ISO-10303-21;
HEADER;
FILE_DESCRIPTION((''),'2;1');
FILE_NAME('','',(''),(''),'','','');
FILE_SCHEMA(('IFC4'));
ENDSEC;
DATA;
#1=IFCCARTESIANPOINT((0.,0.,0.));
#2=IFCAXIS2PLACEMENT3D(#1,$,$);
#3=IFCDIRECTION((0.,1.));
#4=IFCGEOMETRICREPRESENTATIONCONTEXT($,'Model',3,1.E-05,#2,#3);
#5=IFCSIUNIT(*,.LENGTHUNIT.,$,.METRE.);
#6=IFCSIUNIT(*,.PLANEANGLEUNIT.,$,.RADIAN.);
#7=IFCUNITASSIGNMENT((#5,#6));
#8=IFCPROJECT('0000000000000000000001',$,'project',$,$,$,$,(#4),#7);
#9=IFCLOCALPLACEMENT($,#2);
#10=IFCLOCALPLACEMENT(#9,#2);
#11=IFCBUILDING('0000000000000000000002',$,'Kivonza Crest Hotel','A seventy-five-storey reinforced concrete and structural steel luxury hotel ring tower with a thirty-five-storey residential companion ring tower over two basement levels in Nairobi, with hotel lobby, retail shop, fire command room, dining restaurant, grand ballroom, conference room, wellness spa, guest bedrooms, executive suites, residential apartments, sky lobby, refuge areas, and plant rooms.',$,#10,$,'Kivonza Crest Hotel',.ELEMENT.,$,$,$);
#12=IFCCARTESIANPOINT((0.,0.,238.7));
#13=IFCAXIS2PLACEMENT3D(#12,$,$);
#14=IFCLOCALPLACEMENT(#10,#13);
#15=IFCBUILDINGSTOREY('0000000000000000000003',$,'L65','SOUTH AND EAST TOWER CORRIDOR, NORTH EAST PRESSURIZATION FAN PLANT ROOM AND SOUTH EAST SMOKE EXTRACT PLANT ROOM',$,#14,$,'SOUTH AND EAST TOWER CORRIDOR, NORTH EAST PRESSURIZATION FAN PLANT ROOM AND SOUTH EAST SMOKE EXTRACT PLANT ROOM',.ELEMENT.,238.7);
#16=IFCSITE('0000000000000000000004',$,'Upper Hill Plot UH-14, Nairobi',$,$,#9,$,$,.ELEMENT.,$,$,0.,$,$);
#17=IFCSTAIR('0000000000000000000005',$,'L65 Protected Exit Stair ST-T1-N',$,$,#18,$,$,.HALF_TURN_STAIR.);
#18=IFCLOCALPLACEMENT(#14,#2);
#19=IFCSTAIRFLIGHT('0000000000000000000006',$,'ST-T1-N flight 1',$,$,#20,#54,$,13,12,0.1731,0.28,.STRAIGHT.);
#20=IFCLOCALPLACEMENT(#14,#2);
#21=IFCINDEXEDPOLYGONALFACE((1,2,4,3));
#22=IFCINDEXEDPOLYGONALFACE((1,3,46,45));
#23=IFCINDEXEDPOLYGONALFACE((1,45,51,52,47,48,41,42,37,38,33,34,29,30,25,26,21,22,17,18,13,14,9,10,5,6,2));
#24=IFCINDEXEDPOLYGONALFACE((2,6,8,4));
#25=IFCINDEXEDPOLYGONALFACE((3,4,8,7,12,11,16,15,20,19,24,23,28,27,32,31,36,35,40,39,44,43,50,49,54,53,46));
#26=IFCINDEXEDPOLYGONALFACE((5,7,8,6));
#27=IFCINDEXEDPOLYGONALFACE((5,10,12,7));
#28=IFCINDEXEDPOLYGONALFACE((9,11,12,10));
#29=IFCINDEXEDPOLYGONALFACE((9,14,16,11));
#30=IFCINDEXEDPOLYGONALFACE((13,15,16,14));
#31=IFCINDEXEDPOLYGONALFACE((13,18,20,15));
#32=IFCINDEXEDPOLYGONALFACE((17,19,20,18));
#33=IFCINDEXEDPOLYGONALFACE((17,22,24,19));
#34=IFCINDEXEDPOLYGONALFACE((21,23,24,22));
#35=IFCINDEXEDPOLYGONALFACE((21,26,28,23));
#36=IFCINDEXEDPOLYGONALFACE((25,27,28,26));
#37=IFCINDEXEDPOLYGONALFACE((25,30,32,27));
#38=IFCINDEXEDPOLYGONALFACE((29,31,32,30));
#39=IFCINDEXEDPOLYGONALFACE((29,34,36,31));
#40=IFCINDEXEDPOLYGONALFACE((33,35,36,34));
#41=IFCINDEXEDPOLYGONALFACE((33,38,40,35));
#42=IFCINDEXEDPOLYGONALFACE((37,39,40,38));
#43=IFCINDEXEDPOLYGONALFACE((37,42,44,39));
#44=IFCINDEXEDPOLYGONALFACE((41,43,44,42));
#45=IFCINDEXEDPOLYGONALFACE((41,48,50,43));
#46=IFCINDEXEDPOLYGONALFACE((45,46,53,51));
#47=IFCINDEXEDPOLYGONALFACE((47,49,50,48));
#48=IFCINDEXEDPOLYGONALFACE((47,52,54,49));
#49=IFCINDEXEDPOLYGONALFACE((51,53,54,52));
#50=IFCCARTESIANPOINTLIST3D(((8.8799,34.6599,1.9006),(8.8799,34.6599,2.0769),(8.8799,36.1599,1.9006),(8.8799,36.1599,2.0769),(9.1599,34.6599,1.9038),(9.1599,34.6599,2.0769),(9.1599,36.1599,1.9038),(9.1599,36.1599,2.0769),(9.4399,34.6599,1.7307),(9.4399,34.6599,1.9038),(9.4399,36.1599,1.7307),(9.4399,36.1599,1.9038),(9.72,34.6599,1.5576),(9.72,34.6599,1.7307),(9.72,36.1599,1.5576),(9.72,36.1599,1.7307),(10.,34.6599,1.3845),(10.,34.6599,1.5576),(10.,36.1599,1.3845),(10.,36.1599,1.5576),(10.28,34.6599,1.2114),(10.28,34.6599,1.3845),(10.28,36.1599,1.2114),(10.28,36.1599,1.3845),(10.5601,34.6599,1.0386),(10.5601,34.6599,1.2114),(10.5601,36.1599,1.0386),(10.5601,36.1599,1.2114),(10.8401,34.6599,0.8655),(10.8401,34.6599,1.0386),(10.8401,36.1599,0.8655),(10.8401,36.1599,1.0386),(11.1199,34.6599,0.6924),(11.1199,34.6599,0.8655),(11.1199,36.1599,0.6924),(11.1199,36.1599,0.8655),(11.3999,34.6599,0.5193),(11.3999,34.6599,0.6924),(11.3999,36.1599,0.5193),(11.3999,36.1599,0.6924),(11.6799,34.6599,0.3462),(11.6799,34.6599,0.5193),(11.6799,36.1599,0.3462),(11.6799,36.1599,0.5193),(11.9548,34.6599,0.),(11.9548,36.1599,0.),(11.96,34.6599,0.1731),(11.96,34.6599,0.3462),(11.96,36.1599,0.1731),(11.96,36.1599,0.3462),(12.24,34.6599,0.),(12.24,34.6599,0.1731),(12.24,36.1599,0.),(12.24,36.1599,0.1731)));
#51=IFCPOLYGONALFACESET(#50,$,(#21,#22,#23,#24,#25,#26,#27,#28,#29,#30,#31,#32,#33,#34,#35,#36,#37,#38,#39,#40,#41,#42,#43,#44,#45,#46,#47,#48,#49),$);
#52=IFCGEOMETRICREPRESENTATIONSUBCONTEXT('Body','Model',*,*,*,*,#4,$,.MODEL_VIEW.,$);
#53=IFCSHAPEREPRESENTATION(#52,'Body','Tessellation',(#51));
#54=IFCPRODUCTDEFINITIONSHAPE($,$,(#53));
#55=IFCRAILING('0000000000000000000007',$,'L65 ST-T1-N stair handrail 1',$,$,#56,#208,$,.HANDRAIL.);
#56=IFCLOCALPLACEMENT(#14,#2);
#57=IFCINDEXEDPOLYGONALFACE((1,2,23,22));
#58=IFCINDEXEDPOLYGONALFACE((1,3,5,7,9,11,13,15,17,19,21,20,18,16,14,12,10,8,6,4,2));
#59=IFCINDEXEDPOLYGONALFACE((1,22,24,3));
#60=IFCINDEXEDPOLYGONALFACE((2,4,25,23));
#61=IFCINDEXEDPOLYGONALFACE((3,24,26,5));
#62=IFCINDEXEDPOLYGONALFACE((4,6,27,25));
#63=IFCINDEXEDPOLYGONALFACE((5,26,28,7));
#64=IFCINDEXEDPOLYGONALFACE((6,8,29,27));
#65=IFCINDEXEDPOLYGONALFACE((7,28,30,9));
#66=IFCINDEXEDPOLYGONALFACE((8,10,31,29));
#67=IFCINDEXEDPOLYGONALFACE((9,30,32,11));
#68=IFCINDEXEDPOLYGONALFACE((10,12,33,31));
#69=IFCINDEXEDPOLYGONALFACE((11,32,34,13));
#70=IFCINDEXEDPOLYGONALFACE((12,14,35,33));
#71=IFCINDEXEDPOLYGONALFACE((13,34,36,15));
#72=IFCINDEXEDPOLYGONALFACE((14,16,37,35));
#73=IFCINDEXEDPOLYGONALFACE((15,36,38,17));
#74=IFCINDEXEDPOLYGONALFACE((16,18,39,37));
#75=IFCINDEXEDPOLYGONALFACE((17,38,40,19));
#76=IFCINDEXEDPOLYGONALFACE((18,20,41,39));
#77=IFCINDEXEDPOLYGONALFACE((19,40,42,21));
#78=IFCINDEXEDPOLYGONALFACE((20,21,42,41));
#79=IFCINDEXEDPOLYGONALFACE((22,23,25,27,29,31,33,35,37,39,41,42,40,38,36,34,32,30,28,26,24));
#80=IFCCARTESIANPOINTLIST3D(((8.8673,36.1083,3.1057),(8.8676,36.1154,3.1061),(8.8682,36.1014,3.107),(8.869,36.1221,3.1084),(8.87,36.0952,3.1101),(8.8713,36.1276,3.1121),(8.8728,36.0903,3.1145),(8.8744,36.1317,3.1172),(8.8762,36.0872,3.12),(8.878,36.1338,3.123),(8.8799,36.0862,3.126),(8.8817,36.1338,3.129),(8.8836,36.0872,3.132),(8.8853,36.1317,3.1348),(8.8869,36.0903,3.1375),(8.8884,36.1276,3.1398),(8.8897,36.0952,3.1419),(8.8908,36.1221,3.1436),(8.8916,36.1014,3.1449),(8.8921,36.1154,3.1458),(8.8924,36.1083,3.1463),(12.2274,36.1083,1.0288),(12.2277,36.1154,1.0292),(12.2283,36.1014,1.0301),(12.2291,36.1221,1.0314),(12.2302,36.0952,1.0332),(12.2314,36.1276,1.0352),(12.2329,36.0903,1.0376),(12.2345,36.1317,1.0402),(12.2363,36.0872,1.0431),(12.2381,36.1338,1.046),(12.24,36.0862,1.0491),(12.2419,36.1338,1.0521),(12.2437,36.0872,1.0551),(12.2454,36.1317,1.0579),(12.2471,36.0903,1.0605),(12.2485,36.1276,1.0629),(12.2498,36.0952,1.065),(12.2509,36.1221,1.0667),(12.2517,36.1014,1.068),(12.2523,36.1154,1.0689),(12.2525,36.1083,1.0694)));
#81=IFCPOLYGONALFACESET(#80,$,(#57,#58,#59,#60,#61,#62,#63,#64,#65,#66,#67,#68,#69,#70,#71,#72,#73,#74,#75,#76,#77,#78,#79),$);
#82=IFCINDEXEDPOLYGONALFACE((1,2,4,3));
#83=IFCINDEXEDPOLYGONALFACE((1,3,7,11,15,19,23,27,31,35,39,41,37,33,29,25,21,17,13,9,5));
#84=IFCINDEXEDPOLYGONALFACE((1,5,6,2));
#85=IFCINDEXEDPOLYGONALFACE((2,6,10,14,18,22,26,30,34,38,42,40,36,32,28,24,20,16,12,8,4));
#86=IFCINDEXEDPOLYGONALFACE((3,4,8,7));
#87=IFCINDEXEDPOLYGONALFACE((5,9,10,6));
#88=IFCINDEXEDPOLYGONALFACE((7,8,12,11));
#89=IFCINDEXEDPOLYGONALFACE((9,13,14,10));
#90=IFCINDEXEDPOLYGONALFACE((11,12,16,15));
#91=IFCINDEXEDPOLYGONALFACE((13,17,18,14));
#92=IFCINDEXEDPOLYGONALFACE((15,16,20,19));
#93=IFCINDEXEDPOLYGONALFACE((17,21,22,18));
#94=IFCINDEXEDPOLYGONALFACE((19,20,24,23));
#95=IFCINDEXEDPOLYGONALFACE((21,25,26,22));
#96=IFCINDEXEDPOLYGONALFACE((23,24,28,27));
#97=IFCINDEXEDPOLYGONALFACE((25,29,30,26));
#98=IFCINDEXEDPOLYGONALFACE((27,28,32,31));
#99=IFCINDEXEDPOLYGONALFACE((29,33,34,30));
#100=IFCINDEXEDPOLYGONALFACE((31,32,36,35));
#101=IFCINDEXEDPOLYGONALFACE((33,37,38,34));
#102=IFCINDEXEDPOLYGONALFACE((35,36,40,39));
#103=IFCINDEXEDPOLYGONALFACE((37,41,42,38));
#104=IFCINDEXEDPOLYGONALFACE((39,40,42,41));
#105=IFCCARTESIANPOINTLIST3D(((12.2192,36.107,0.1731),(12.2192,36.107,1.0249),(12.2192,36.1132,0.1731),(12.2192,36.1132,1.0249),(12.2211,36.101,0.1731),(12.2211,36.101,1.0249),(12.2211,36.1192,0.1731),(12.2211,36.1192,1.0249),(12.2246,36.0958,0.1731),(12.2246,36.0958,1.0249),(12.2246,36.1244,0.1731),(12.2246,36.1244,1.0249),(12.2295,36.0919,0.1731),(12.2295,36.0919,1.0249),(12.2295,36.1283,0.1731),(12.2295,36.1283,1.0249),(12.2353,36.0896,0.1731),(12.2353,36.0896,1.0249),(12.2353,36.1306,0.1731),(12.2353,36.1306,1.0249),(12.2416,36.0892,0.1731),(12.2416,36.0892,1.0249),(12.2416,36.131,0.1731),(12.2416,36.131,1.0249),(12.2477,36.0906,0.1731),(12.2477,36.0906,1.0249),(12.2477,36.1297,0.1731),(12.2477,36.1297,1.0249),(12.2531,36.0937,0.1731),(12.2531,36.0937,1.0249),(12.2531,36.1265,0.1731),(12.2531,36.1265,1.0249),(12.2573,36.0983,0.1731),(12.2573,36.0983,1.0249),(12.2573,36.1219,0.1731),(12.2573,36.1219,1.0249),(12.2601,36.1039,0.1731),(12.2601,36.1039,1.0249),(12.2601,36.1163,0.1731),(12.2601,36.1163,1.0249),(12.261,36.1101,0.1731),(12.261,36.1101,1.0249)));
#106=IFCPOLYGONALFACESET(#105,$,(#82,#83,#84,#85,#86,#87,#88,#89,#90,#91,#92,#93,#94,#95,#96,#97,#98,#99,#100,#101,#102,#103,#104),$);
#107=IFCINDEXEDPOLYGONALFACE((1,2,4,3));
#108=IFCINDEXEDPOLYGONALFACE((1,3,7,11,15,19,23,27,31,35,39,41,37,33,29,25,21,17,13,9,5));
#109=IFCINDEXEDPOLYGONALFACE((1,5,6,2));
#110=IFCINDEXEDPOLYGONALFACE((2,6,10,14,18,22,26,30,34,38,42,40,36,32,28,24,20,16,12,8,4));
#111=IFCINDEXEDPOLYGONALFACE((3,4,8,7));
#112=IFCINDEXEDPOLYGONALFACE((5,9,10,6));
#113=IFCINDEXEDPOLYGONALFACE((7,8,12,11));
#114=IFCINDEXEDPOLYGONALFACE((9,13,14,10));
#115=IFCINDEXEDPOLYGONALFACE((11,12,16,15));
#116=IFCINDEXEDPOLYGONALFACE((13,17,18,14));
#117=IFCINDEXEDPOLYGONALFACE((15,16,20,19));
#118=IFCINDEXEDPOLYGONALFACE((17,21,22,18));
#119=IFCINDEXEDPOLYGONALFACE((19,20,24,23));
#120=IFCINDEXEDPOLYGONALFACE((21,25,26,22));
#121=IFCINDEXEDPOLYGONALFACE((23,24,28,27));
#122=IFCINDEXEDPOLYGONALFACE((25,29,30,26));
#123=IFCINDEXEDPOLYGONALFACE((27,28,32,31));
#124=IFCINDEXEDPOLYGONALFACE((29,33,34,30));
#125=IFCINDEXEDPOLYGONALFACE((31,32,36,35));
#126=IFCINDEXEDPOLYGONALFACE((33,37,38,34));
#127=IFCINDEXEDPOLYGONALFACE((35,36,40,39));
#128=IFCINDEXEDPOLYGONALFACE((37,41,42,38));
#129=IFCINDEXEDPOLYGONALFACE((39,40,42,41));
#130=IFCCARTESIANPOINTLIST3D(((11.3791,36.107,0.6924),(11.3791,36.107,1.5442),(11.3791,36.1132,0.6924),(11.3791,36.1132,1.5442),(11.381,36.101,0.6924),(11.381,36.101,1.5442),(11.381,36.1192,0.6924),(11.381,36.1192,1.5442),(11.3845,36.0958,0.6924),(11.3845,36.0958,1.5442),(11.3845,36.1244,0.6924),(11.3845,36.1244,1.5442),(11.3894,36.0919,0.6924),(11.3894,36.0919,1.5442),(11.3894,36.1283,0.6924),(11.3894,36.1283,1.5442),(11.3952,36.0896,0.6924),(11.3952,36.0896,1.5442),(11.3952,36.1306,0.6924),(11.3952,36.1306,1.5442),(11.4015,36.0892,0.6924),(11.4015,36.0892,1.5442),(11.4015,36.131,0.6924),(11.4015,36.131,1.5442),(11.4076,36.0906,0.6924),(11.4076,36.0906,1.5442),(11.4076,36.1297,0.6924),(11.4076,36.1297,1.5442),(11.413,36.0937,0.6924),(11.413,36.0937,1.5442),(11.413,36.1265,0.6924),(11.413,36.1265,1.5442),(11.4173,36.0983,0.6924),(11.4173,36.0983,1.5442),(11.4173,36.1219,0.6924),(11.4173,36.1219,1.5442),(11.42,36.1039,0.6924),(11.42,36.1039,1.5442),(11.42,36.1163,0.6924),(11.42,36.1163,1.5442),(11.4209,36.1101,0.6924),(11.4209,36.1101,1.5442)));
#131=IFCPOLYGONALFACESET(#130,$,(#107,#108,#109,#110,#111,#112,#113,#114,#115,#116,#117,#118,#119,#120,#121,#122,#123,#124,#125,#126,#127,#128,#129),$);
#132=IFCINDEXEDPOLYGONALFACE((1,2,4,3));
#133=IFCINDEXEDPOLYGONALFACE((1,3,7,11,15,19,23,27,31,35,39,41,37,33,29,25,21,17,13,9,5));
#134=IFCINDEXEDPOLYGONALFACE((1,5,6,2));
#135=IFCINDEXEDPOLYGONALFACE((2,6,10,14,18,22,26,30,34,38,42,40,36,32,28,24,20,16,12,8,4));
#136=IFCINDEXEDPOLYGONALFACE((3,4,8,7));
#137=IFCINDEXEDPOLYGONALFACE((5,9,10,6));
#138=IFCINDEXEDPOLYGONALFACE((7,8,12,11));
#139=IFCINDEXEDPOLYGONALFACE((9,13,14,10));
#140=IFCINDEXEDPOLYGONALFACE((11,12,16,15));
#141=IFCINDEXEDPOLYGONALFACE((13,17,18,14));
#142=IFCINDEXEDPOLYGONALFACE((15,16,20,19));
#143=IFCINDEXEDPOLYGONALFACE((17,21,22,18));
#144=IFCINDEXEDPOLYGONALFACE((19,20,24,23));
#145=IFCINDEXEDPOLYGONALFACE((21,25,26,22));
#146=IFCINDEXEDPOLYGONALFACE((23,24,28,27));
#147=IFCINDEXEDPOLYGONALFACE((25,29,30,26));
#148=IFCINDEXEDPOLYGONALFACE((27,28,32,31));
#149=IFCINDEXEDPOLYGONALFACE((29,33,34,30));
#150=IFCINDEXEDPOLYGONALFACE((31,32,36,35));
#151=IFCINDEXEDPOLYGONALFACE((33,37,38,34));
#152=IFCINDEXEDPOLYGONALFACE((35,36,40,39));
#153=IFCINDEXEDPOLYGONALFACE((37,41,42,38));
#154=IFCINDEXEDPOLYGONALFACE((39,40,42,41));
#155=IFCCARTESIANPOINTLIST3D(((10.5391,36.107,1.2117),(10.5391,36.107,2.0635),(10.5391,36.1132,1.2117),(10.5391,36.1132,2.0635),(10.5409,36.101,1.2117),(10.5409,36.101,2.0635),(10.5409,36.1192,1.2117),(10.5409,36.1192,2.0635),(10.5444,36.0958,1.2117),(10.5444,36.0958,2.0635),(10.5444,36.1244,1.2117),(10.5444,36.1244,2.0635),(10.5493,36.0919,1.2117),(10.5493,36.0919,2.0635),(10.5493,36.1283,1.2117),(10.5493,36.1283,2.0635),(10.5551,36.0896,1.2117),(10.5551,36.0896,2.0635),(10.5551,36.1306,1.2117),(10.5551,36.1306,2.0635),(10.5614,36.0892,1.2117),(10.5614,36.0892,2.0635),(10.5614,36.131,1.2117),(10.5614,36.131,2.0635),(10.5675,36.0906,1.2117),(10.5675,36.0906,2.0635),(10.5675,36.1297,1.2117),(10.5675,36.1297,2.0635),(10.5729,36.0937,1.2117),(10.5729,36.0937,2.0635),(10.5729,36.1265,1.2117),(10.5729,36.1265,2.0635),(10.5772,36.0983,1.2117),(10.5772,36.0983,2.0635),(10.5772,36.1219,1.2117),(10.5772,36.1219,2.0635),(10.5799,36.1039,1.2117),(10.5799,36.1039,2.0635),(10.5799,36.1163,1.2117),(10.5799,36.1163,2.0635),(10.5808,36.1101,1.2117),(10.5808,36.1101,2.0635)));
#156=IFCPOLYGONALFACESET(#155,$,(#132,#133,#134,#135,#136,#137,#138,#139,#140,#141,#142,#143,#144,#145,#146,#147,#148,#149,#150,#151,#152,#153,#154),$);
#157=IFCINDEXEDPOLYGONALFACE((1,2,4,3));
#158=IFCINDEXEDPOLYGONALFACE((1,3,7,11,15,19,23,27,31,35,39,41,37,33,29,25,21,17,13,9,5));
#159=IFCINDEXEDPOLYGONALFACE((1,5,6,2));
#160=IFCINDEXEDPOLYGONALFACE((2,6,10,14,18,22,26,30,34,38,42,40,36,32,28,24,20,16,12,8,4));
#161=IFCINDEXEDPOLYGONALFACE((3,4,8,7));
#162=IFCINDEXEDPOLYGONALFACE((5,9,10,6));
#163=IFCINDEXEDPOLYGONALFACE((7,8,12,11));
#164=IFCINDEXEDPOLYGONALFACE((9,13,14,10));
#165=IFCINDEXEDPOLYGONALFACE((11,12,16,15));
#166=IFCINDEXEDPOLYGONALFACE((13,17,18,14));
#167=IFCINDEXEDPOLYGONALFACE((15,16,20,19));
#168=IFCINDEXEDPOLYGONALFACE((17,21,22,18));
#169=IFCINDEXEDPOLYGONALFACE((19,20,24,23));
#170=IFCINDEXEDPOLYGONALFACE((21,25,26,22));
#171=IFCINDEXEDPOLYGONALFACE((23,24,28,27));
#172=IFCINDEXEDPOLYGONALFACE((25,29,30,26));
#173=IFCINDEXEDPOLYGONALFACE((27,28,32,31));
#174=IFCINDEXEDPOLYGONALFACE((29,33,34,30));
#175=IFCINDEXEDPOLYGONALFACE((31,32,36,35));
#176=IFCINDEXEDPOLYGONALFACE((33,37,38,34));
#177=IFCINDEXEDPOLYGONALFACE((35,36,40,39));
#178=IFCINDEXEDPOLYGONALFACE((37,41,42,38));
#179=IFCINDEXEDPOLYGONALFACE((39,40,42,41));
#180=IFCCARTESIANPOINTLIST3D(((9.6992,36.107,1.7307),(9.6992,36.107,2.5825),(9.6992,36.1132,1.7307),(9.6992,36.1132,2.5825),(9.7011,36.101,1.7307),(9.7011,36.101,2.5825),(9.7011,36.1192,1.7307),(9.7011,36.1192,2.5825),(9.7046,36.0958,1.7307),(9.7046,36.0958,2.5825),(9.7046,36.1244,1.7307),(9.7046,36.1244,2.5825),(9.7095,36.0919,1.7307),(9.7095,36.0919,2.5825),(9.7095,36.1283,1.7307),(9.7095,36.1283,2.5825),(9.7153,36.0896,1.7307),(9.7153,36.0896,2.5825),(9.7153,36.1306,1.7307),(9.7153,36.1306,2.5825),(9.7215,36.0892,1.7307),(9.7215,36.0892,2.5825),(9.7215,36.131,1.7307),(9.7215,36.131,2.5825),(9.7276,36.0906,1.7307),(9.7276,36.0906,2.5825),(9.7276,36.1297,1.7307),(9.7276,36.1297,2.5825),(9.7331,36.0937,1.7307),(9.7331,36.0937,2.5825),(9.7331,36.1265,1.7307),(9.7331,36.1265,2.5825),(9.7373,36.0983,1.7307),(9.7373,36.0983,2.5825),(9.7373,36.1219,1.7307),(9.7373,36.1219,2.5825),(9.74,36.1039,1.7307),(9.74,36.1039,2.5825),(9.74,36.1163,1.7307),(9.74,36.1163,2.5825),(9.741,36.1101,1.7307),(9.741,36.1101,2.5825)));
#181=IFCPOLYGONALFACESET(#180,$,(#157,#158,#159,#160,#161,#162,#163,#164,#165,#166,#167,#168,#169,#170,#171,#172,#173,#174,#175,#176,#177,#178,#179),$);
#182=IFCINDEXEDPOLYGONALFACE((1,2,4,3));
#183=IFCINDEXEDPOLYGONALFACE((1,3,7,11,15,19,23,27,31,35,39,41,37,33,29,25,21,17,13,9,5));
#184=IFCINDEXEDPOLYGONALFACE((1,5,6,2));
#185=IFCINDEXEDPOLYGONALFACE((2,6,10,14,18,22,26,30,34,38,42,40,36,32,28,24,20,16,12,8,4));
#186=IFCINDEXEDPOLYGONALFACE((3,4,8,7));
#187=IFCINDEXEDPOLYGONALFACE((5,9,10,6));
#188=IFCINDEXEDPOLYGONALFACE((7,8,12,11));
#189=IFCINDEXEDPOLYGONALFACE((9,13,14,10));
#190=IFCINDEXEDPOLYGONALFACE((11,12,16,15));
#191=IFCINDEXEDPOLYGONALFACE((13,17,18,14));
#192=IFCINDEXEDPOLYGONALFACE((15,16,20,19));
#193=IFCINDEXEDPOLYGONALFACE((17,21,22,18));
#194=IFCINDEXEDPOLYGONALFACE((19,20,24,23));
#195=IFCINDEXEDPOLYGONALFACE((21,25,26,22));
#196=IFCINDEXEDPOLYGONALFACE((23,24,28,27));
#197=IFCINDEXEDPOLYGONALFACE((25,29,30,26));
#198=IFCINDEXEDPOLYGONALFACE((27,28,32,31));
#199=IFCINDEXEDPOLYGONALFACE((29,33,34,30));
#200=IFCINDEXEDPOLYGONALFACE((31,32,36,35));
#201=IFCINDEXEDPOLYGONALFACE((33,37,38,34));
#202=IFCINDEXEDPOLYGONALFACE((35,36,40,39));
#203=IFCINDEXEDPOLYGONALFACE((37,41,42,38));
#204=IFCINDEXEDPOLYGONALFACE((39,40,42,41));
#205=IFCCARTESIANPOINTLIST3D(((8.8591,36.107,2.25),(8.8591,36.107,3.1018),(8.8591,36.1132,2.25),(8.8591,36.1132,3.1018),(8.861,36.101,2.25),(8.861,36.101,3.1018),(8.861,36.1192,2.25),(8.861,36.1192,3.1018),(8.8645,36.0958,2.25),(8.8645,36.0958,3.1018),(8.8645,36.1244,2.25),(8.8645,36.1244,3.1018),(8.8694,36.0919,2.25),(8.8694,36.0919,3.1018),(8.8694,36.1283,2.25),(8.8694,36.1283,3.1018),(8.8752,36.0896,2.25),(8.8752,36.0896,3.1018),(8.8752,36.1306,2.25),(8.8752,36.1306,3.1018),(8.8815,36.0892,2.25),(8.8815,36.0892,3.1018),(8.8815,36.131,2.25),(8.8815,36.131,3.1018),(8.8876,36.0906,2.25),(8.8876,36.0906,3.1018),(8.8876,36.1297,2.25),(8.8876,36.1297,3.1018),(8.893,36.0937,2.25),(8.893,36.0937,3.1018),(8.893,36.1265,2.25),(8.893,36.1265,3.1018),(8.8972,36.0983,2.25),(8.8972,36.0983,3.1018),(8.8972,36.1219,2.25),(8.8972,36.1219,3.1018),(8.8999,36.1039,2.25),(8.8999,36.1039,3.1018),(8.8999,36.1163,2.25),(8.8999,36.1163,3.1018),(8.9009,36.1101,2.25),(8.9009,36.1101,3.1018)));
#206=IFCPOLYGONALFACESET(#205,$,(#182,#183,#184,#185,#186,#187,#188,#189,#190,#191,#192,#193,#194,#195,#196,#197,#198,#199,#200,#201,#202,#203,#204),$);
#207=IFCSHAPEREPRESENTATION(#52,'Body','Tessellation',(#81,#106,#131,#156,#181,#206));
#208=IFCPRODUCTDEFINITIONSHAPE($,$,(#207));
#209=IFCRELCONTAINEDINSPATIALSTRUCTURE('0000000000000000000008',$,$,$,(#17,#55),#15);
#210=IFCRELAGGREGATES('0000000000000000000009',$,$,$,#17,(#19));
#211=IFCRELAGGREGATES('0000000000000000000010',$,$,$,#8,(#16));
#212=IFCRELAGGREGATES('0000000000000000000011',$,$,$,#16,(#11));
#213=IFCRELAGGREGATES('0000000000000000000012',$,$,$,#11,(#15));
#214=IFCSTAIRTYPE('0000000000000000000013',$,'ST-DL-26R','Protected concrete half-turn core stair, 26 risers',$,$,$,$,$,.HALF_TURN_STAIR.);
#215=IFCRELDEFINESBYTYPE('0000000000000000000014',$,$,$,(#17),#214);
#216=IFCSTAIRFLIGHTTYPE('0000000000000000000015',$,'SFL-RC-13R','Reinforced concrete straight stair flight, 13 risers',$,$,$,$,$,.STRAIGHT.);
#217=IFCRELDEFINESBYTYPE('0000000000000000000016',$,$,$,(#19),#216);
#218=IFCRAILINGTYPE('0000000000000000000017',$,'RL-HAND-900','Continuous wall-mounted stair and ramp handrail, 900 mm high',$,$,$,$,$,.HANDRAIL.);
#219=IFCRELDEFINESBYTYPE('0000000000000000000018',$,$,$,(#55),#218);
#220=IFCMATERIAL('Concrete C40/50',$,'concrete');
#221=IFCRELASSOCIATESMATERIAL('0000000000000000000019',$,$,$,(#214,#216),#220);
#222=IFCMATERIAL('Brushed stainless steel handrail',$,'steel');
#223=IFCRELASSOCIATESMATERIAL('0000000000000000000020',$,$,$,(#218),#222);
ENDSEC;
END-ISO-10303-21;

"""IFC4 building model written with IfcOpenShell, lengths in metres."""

from ifc_helpers import new_model, si_unit, direction, frame, origin, origin_2d, place, context, subcontext, project, spatial, polyline, circle, outline, extrude, material, type_object, element, aggregate, save


model = new_model("IFC4")

# Units and contexts
model_context = context("Model", 3, precision=1e-05, world=origin(), true_north=direction((0.0, 1.0)))
body_context = subcontext(model_context, "Body", "Model", "MODEL_VIEW")
ifc_project = project(units=[si_unit("LENGTHUNIT", "METRE"), si_unit("PLANEANGLEUNIT", "RADIAN")], contexts=[model_context])

# Site, building, storey
site_placement = place(None, origin())
site = spatial("IfcSite", under=ifc_project, at=site_placement, Name="Upper Hill Plot UH-14, Nairobi", CompositionType="ELEMENT", RefElevation=0.0)
building_placement = place(site_placement, origin())
building = spatial("IfcBuilding", under=site, at=building_placement, Name="Kivonza Crest Hotel", Description="A seventy-five-storey reinforced concrete and structural steel luxury hotel ring tower with a thirty-five-storey residential companion ring tower over two basement levels in Nairobi, with hotel lobby, retail shop, fire command room, dining restaurant, grand ballroom, conference room, wellness spa, guest bedrooms, executive suites, residential apartments, sky lobby, refuge areas, and plant rooms.", LongName="Kivonza Crest Hotel", CompositionType="ELEMENT")
storey_placement = place(building_placement, frame((0.0, 0.0, 238.7)))
storey = spatial("IfcBuildingStorey", under=building, at=storey_placement, Name="L65", Description="SOUTH AND EAST TOWER CORRIDOR, NORTH EAST PRESSURIZATION FAN PLANT ROOM AND SOUTH EAST SMOKE EXTRACT PLANT ROOM", LongName="SOUTH AND EAST TOWER CORRIDOR, NORTH EAST PRESSURIZATION FAN PLANT ROOM AND SOUTH EAST SMOKE EXTRACT PLANT ROOM", CompositionType="ELEMENT", Elevation=238.7)

# Stair, stair flight
ifc_material_1 = material(Name="Concrete C40/50", Category="concrete")
stair_type = type_object("IfcStairType", Name="ST-DL-26R", Description="Protected concrete half-turn core stair, 26 risers", PredefinedType="HALF_TURN_STAIR", material=ifc_material_1)
stair_placement = place(storey_placement, origin())
stair = element("IfcStair", 1, at=stair_placement, inside=storey, type_object=stair_type, Name="L65 Protected Exit Stair ST-T1-N", PredefinedType="HALF_TURN_STAIR")
stair_flight_type = type_object("IfcStairFlightType", Name="SFL-RC-13R", Description="Reinforced concrete straight stair flight, 13 risers", PredefinedType="STRAIGHT", material=ifc_material_1)
stair_flight_placement = place(storey_placement, frame((12.24, 35.4099, 0.0), z_axis=(0.0, 0.0, 1.0), x_axis=(-1.0, 0.0, 0.0)))
stair_flight = element("IfcStairFlight", 2, at=stair_flight_placement, type_object=stair_flight_type, Name="ST-T1-N flight 1", NumberOfRisers=13, NumberOfTreads=12, PredefinedType="STRAIGHT", RiserHeight=0.1731, TreadLength=0.28, context=body_context, shape_type="SweptSolid", body=[
    extrude(outline(polyline([(0.0, 0.0), (0.0, 0.1731), (0.28, 0.1731), (0.28, 0.3462), (0.5601, 0.3462), (0.5601, 0.5193), (0.8401, 0.5193), (0.8401, 0.6924), (1.1201, 0.6924), (1.1201, 0.8655), (1.3999, 0.8655), (1.3999, 1.0386), (1.6799, 1.0386), (1.6799, 1.2114), (1.96, 1.2114), (1.96, 1.3845), (2.24, 1.3845), (2.24, 1.5576), (2.52, 1.5576), (2.52, 1.7307), (2.8, 1.7307), (2.8, 1.9038), (3.0801, 1.9038), (3.0801, 2.0769), (3.3601, 2.0769), (3.3601, 2.25), (3.3601, 1.9006), (0.2852, 0.0), (0.0, 0.0)])), frame((0.0, 0.75, 0.0), z_axis=(0.0, -1.0, 0.0), x_axis=(1.0, 0.0, 0.0)), (0.0, 0.0, 1.0), 1.5),
])
aggregate(stair, [stair_flight])

# Railing
ifc_material_2 = material(Name="Brushed stainless steel handrail", Category="steel")
railing_type_1 = type_object("IfcRailingType", Name="RL-HAND-900", Description="Continuous wall-mounted stair and ramp handrail, 900 mm high", PredefinedType="HANDRAIL", material=ifc_material_2)
railing_1_placement = place(storey_placement, frame((12.24, 36.1101, 0.1731)))
element("IfcRailing", 3, at=railing_1_placement, inside=storey, type_object=railing_type_1, Name="L65 ST-T1-N stair handrail 1", PredefinedType="HANDRAIL", context=body_context, shape_type="SweptSolid", body=[
    extrude(circle(Radius=0.0239, at=origin_2d()), frame((0.0, 0.0, 0.876), z_axis=(-0.850623, 0.0, 0.525776), x_axis=(0.0, -1.0, 0.0)), (0.0, 0.0, 1.0), 3.9502),
    extrude(circle(Radius=0.021, at=origin_2d()), origin(), (0.0, 0.0, 1.0), 0.8518),
    extrude(circle(Radius=0.021, at=origin_2d()), frame((-0.8401, 0.0, 0.5193)), (0.0, 0.0, 1.0), 0.8518),
    extrude(circle(Radius=0.021, at=origin_2d()), frame((-1.6802, 0.0, 1.0386)), (0.0, 0.0, 1.0), 0.8518),
    extrude(circle(Radius=0.021, at=origin_2d()), frame((-2.52, 0.0, 1.5576)), (0.0, 0.0, 1.0), 0.8518),
    extrude(circle(Radius=0.021, at=origin_2d()), frame((-3.3601, 0.0, 2.0769)), (0.0, 0.0, 1.0), 0.8518),
])

save(model, "model.ifc")
